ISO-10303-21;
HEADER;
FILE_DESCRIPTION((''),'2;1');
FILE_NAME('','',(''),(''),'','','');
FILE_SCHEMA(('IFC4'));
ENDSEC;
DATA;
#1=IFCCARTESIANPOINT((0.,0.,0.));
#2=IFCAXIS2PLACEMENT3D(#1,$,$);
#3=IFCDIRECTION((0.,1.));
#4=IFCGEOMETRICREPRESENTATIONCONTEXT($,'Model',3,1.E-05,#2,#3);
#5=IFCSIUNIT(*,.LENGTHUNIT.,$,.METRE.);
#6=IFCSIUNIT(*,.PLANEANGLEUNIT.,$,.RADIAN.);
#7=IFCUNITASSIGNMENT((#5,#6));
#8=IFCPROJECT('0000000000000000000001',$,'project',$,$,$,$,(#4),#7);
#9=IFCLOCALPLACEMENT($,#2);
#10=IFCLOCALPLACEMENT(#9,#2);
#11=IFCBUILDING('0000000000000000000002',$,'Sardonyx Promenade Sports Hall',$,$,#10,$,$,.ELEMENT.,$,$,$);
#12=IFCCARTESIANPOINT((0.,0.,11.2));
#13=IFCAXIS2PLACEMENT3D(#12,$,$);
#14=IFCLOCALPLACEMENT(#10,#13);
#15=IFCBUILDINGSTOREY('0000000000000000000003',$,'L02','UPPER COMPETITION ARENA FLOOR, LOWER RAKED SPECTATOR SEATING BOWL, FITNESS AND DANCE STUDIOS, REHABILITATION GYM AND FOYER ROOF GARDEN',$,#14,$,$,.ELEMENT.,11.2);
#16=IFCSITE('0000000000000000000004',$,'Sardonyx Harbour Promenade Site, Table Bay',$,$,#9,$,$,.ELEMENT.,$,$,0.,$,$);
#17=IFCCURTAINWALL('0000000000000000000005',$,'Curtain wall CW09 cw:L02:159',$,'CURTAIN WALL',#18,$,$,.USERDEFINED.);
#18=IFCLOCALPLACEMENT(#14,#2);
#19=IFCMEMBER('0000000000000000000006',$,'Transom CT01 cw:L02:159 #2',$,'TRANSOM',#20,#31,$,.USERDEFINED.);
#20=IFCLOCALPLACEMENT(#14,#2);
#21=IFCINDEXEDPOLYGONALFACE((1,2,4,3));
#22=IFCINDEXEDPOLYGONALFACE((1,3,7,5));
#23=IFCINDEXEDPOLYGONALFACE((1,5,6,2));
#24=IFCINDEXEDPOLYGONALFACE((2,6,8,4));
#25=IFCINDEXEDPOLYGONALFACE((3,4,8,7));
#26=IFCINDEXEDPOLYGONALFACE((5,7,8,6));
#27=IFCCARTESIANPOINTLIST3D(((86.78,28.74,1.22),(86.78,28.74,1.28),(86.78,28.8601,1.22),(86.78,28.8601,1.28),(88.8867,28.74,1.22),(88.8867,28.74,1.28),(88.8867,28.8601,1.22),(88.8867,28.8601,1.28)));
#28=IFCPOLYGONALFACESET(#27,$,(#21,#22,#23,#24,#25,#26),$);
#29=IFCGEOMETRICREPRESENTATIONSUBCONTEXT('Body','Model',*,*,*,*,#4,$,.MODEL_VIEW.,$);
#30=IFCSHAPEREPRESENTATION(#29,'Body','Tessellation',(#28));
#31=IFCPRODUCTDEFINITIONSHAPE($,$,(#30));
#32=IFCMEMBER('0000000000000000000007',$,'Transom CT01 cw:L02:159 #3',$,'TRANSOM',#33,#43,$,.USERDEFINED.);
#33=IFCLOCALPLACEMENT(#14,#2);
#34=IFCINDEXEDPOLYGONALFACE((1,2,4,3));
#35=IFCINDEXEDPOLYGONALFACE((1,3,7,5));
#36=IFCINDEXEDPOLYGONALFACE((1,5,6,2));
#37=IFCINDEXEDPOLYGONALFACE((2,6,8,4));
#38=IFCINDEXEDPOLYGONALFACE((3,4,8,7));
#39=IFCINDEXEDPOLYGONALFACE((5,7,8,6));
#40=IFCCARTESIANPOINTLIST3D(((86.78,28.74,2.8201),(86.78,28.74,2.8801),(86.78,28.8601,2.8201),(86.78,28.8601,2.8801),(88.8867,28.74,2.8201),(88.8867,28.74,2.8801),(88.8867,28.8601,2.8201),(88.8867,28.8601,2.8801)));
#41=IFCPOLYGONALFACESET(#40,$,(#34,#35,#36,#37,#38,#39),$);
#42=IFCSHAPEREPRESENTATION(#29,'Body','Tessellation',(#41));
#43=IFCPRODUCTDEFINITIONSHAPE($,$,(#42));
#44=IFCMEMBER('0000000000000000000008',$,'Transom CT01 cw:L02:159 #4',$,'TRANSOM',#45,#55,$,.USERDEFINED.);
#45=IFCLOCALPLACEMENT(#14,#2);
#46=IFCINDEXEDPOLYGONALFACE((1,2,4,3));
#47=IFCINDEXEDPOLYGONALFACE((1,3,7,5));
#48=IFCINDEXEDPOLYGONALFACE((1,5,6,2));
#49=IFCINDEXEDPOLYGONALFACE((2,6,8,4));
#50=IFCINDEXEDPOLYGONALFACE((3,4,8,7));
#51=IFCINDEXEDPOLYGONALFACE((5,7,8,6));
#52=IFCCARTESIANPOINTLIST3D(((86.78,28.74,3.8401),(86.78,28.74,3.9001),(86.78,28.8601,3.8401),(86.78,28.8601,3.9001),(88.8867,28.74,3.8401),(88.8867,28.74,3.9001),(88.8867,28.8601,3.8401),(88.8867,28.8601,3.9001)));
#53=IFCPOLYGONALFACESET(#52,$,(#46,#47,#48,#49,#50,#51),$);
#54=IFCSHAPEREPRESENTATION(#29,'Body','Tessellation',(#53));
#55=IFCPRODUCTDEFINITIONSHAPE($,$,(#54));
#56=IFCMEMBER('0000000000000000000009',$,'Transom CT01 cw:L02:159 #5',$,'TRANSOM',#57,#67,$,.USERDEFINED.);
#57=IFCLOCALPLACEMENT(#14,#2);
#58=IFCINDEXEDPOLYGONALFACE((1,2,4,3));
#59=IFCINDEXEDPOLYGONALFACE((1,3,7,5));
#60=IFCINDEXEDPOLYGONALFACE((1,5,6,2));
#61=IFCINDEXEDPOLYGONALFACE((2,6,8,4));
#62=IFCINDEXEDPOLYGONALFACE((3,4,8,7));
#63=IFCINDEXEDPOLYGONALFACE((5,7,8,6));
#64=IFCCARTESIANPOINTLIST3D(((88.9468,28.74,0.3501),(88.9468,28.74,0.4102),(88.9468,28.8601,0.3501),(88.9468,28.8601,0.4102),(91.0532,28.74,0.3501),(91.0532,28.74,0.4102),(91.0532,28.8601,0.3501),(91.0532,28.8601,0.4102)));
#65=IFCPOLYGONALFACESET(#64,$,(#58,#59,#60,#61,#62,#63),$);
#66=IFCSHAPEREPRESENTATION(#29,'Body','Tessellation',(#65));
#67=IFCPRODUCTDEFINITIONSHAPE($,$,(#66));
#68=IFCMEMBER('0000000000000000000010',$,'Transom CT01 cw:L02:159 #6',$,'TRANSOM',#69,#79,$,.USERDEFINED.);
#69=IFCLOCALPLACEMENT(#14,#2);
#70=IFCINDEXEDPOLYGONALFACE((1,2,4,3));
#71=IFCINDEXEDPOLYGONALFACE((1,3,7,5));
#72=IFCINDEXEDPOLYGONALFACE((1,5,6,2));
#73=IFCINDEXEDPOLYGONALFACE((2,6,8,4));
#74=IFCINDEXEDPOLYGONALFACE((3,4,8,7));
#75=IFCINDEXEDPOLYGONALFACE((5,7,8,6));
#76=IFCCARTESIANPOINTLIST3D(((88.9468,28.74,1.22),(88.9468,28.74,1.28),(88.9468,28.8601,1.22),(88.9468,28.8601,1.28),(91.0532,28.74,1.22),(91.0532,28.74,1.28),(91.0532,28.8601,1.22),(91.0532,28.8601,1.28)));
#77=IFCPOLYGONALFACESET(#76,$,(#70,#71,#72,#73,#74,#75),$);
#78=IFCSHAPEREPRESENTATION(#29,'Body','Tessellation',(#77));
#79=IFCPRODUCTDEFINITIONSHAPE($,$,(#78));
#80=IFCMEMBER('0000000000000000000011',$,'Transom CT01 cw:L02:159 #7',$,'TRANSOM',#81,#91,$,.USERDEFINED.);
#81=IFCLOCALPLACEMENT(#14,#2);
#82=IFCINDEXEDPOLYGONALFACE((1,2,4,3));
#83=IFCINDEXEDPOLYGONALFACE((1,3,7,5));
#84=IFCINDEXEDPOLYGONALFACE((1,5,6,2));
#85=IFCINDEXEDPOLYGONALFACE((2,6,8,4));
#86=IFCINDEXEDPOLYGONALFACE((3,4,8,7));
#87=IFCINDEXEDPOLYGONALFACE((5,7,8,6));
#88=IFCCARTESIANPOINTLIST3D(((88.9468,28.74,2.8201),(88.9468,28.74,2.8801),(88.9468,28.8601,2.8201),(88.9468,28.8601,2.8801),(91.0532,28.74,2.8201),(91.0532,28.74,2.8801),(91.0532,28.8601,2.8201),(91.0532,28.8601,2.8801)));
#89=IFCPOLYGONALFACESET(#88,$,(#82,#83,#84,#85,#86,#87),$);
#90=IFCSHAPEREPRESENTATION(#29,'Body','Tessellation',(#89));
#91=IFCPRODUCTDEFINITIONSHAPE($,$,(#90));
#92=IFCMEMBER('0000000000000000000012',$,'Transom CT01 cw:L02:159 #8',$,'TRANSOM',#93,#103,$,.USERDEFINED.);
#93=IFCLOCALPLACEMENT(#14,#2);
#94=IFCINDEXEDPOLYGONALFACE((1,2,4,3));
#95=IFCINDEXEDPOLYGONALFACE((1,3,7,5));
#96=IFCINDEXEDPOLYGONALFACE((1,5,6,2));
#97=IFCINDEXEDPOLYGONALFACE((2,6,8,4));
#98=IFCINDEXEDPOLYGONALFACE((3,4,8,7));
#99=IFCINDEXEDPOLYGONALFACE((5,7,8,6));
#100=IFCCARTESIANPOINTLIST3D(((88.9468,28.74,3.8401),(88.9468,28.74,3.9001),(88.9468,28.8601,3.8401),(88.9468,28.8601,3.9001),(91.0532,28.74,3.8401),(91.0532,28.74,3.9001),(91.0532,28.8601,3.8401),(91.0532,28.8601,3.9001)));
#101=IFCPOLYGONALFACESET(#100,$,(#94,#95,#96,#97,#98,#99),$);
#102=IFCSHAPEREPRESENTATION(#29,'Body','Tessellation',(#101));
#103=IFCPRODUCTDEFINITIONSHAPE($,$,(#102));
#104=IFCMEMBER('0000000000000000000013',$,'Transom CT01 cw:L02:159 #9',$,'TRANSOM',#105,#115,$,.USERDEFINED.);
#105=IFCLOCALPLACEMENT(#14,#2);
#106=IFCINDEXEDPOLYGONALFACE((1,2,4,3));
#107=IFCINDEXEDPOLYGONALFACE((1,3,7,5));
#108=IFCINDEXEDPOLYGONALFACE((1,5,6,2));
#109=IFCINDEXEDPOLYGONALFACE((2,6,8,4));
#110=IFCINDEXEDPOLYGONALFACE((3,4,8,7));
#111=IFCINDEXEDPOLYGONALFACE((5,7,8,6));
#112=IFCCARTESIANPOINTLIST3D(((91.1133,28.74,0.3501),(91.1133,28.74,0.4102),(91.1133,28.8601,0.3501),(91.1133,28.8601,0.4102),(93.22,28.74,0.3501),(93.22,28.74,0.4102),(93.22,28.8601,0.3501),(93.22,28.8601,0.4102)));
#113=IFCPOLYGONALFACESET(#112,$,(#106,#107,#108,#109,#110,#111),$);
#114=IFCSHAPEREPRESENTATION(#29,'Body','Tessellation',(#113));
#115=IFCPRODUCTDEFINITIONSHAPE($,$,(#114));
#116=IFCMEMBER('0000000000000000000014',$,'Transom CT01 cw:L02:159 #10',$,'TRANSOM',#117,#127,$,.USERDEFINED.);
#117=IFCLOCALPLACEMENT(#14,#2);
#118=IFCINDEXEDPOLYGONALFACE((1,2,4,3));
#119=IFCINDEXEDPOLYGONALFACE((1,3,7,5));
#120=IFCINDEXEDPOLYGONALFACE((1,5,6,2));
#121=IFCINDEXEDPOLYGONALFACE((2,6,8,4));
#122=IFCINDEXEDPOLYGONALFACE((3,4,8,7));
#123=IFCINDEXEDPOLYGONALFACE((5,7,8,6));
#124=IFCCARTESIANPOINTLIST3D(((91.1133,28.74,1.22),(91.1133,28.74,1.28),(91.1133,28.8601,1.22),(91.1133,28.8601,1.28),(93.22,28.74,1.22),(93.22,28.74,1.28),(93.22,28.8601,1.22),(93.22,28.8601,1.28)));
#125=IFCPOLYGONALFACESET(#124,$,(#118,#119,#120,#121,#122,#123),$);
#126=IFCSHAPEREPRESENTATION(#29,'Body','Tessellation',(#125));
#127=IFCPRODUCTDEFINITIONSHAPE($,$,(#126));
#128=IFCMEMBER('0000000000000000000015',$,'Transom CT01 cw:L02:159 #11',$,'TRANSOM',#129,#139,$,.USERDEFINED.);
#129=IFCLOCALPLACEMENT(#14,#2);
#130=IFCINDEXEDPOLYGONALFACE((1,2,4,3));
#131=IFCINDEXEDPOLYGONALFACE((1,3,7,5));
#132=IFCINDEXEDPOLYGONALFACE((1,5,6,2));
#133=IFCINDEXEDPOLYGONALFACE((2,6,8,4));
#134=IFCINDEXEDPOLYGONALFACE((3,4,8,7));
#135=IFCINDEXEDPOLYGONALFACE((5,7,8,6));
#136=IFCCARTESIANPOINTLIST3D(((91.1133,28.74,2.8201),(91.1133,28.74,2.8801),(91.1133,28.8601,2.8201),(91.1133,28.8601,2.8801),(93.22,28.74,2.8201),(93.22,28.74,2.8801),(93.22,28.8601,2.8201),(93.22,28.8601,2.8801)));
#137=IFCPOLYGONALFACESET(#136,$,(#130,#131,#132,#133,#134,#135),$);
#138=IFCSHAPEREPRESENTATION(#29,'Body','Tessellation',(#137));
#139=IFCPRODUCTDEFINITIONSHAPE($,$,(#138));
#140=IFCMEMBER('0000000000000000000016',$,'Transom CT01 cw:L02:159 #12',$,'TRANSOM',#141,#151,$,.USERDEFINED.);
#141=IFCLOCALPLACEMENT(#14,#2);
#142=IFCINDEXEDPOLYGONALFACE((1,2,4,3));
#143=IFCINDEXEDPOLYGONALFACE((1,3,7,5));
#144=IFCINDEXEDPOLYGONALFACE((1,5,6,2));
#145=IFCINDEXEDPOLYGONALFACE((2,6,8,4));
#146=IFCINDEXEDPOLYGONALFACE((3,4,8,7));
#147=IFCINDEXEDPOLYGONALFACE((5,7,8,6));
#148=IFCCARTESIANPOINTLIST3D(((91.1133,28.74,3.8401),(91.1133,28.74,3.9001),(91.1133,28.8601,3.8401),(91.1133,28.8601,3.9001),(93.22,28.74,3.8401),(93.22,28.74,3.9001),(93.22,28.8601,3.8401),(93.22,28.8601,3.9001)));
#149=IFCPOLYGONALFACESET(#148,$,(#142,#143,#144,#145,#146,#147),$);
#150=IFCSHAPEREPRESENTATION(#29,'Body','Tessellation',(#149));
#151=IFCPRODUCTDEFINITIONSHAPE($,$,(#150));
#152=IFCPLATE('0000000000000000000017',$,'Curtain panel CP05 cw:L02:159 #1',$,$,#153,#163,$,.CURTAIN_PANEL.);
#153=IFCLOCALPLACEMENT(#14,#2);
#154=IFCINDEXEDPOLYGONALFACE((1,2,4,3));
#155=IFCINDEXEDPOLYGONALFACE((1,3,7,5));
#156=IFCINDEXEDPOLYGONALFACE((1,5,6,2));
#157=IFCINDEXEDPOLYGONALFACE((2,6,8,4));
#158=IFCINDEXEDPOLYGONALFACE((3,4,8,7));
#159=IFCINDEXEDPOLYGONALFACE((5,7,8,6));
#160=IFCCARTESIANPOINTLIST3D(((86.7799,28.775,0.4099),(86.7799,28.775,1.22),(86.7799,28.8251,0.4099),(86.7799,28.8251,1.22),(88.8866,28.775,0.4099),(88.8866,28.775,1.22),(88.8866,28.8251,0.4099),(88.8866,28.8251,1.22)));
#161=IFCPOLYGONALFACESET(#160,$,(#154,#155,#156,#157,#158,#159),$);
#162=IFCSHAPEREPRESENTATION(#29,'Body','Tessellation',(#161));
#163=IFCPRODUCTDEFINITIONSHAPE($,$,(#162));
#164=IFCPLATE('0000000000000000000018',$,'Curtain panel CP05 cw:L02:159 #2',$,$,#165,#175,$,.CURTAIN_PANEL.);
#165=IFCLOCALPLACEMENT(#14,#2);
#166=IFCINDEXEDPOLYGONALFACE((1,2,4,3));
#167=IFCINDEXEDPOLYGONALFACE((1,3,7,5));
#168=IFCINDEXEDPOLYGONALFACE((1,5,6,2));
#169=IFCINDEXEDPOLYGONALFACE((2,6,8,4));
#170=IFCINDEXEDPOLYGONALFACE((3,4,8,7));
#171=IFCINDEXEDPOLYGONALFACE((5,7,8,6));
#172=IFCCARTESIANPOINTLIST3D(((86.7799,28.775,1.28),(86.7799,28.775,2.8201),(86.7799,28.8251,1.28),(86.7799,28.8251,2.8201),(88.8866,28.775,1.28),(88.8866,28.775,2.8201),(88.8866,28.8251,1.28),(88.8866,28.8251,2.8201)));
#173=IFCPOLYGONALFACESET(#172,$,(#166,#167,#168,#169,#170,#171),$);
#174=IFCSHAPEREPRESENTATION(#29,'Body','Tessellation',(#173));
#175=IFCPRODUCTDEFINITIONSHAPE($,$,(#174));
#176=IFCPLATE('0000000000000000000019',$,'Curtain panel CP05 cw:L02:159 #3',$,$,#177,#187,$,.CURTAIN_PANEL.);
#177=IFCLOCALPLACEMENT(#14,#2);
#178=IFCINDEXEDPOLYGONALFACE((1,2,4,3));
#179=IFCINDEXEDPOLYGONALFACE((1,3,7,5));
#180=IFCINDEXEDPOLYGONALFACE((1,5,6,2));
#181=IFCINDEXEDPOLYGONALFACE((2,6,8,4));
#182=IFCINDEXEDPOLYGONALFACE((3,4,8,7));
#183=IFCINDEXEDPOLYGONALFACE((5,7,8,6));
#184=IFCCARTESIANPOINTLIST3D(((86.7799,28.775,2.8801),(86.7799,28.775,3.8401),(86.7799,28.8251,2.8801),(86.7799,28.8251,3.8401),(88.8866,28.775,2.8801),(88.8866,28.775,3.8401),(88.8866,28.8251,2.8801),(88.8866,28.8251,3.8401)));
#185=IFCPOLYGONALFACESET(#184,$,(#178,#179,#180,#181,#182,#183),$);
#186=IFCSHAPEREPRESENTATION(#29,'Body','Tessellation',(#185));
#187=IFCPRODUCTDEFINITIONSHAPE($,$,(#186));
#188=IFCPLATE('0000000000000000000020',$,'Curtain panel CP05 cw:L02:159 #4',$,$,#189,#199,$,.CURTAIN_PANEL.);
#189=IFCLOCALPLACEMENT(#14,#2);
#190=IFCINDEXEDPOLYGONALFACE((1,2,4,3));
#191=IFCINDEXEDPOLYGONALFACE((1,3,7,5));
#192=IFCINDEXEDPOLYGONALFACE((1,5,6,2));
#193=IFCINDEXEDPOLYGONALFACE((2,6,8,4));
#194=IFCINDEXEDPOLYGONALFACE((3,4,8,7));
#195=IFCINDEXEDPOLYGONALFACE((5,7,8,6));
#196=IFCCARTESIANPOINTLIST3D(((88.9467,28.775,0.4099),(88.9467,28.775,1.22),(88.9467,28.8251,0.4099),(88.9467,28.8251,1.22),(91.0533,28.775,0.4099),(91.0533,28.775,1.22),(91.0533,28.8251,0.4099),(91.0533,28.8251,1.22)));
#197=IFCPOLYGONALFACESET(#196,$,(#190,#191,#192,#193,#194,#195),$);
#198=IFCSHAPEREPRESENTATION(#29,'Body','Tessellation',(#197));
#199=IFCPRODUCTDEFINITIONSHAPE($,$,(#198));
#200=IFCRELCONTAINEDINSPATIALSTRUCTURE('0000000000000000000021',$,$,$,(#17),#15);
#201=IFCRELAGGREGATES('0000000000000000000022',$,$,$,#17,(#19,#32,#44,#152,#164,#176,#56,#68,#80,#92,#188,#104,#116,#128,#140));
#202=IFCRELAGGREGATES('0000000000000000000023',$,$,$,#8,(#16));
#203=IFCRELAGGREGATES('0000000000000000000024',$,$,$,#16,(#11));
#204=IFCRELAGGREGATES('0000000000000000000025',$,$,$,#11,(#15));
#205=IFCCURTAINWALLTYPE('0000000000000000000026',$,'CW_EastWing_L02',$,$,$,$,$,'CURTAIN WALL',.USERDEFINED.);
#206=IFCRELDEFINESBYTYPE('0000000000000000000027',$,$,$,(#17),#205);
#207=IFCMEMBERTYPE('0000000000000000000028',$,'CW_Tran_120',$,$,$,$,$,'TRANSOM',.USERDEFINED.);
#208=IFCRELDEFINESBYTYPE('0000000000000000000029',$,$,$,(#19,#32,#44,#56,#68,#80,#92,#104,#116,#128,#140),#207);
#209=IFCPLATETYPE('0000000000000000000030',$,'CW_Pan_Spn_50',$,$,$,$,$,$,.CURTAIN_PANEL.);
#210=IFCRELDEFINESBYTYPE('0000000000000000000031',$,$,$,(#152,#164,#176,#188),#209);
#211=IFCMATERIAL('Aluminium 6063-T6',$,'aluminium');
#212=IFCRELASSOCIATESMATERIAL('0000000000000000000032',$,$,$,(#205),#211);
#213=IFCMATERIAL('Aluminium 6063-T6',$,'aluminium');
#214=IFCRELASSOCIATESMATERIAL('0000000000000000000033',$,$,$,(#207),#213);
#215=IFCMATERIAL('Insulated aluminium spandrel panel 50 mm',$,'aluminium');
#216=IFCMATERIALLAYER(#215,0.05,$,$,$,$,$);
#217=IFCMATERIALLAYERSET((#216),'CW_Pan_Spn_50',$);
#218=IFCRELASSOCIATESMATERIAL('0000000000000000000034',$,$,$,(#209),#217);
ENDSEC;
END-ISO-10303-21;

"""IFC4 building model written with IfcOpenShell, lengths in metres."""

from ifc_helpers import new_model, si_unit, direction, frame, origin, origin_2d, place, context, subcontext, project, spatial, rectangle, extrude, material, layer, layer_set, material_profile, profile_set, type_object, element, aggregate, save


model = new_model("IFC4")

# Units and contexts
model_context = context("Model", 3, precision=1e-05, world=origin(), true_north=direction((0.0, 1.0)))
body_context = subcontext(model_context, "Body", "Model", "MODEL_VIEW")
ifc_project = project(units=[si_unit("LENGTHUNIT", "METRE"), si_unit("PLANEANGLEUNIT", "RADIAN")], contexts=[model_context])

# Site, building, storey
site_placement = place(None, origin())
site = spatial("IfcSite", under=ifc_project, at=site_placement, Name="Sardonyx Harbour Promenade Site, Table Bay", CompositionType="ELEMENT", RefElevation=0.0)
building_placement = place(site_placement, origin())
building = spatial("IfcBuilding", under=site, at=building_placement, Name="Sardonyx Promenade Sports Hall", CompositionType="ELEMENT")
storey_placement = place(building_placement, frame((0.0, 0.0, 11.2)))
storey = spatial("IfcBuildingStorey", under=building, at=storey_placement, Name="L02", Description="UPPER COMPETITION ARENA FLOOR, LOWER RAKED SPECTATOR SEATING BOWL, FITNESS AND DANCE STUDIOS, REHABILITATION GYM AND FOYER ROOF GARDEN", CompositionType="ELEMENT", Elevation=11.2)

# Curtain wall, members, plates
ifc_material_1 = material(Name="Aluminium 6063-T6", Category="aluminium")
curtain_wall_type = type_object("IfcCurtainWallType", Name="CW_EastWing_L02", ElementType="CURTAIN WALL", PredefinedType="USERDEFINED", material=ifc_material_1)
curtain_wall_placement = place(storey_placement, origin())
curtain_wall = element("IfcCurtainWall", 1, at=curtain_wall_placement, inside=storey, type_object=curtain_wall_type, Name="Curtain wall CW09 cw:L02:159", ObjectType="CURTAIN WALL", PredefinedType="USERDEFINED")
ifc_material_2 = material(Name="Aluminium 6063-T6", Category="aluminium")
ifc_material_profile_1 = material_profile(ifc_material_2, rectangle(XDim=0.0601, YDim=0.1201, at=origin_2d()))
ifc_profile_set_1 = profile_set([ifc_material_profile_1], Name="Aluminium 6063-T6")
member_type_1 = type_object("IfcMemberType", Name="CW_Tran_120", ElementType="TRANSOM", PredefinedType="USERDEFINED", material=ifc_profile_set_1)
member_1_placement = place(storey_placement, frame((86.78, 28.8, 1.25), z_axis=(1.0, 0.0, 0.0), x_axis=(0.0, 0.0, 1.0)))
member_1 = element("IfcMember", 2, at=member_1_placement, type_object=member_type_1, Name="Transom CT01 cw:L02:159 #2", ObjectType="TRANSOM", PredefinedType="USERDEFINED", context=body_context, shape_type="SweptSolid", body=[
    extrude(rectangle(XDim=0.0601, YDim=0.1201, at=origin_2d()), origin(), (0.0, 0.0, 1.0), 2.1067),
])
member_2_placement = place(storey_placement, frame((86.78, 28.8, 2.8501), z_axis=(1.0, 0.0, 0.0), x_axis=(0.0, 0.0, 1.0)))
member_2 = element("IfcMember", 3, at=member_2_placement, type_object=member_type_1, Name="Transom CT01 cw:L02:159 #3", ObjectType="TRANSOM", PredefinedType="USERDEFINED", context=body_context, shape_type="SweptSolid", body=[
    extrude(rectangle(XDim=0.0601, YDim=0.1201, at=origin_2d()), origin(), (0.0, 0.0, 1.0), 2.1067),
])
member_3_placement = place(storey_placement, frame((86.78, 28.8, 3.8701), z_axis=(1.0, 0.0, 0.0), x_axis=(0.0, 0.0, 1.0)))
member_3 = element("IfcMember", 4, at=member_3_placement, type_object=member_type_1, Name="Transom CT01 cw:L02:159 #4", ObjectType="TRANSOM", PredefinedType="USERDEFINED", context=body_context, shape_type="SweptSolid", body=[
    extrude(rectangle(XDim=0.0601, YDim=0.1201, at=origin_2d()), origin(), (0.0, 0.0, 1.0), 2.1067),
])
member_4_placement = place(storey_placement, frame((88.9468, 28.8, 0.3801), z_axis=(1.0, 0.0, 0.0), x_axis=(0.0, 0.0, 1.0)))
member_4 = element("IfcMember", 5, at=member_4_placement, type_object=member_type_1, Name="Transom CT01 cw:L02:159 #5", ObjectType="TRANSOM", PredefinedType="USERDEFINED", context=body_context, shape_type="SweptSolid", body=[
    extrude(rectangle(XDim=0.0601, YDim=0.1201, at=origin_2d()), origin(), (0.0, 0.0, 1.0), 2.1064),
])
member_5_placement = place(storey_placement, frame((88.9468, 28.8, 1.25), z_axis=(1.0, 0.0, 0.0), x_axis=(0.0, 0.0, 1.0)))
member_5 = element("IfcMember", 6, at=member_5_placement, type_object=member_type_1, Name="Transom CT01 cw:L02:159 #6", ObjectType="TRANSOM", PredefinedType="USERDEFINED", context=body_context, shape_type="SweptSolid", body=[
    extrude(rectangle(XDim=0.0601, YDim=0.1201, at=origin_2d()), origin(), (0.0, 0.0, 1.0), 2.1064),
])
member_6_placement = place(storey_placement, frame((88.9468, 28.8, 2.8501), z_axis=(1.0, 0.0, 0.0), x_axis=(0.0, 0.0, 1.0)))
member_6 = element("IfcMember", 7, at=member_6_placement, type_object=member_type_1, Name="Transom CT01 cw:L02:159 #7", ObjectType="TRANSOM", PredefinedType="USERDEFINED", context=body_context, shape_type="SweptSolid", body=[
    extrude(rectangle(XDim=0.0601, YDim=0.1201, at=origin_2d()), origin(), (0.0, 0.0, 1.0), 2.1064),
])
member_7_placement = place(storey_placement, frame((88.9468, 28.8, 3.8701), z_axis=(1.0, 0.0, 0.0), x_axis=(0.0, 0.0, 1.0)))
member_7 = element("IfcMember", 8, at=member_7_placement, type_object=member_type_1, Name="Transom CT01 cw:L02:159 #8", ObjectType="TRANSOM", PredefinedType="USERDEFINED", context=body_context, shape_type="SweptSolid", body=[
    extrude(rectangle(XDim=0.0601, YDim=0.1201, at=origin_2d()), origin(), (0.0, 0.0, 1.0), 2.1064),
])
member_8_placement = place(storey_placement, frame((91.1133, 28.8, 0.3801), z_axis=(1.0, 0.0, 0.0), x_axis=(0.0, 0.0, 1.0)))
member_8 = element("IfcMember", 9, at=member_8_placement, type_object=member_type_1, Name="Transom CT01 cw:L02:159 #9", ObjectType="TRANSOM", PredefinedType="USERDEFINED", context=body_context, shape_type="SweptSolid", body=[
    extrude(rectangle(XDim=0.0601, YDim=0.1201, at=origin_2d()), origin(), (0.0, 0.0, 1.0), 2.1067),
])
member_9_placement = place(storey_placement, frame((91.1133, 28.8, 1.25), z_axis=(1.0, 0.0, 0.0), x_axis=(0.0, 0.0, 1.0)))
member_9 = element("IfcMember", 10, at=member_9_placement, type_object=member_type_1, Name="Transom CT01 cw:L02:159 #10", ObjectType="TRANSOM", PredefinedType="USERDEFINED", context=body_context, shape_type="SweptSolid", body=[
    extrude(rectangle(XDim=0.0601, YDim=0.1201, at=origin_2d()), origin(), (0.0, 0.0, 1.0), 2.1067),
])
member_10_placement = place(storey_placement, frame((91.1133, 28.8, 2.8501), z_axis=(1.0, 0.0, 0.0), x_axis=(0.0, 0.0, 1.0)))
member_10 = element("IfcMember", 11, at=member_10_placement, type_object=member_type_1, Name="Transom CT01 cw:L02:159 #11", ObjectType="TRANSOM", PredefinedType="USERDEFINED", context=body_context, shape_type="SweptSolid", body=[
    extrude(rectangle(XDim=0.0601, YDim=0.1201, at=origin_2d()), origin(), (0.0, 0.0, 1.0), 2.1067),
])
member_11_placement = place(storey_placement, frame((91.1133, 28.8, 3.8701), z_axis=(1.0, 0.0, 0.0), x_axis=(0.0, 0.0, 1.0)))
member_11 = element("IfcMember", 12, at=member_11_placement, type_object=member_type_1, Name="Transom CT01 cw:L02:159 #12", ObjectType="TRANSOM", PredefinedType="USERDEFINED", context=body_context, shape_type="SweptSolid", body=[
    extrude(rectangle(XDim=0.0601, YDim=0.1201, at=origin_2d()), origin(), (0.0, 0.0, 1.0), 2.1067),
])
ifc_material_3 = material(Name="Insulated aluminium spandrel panel 50 mm", Category="aluminium")
ifc_layer_1 = layer(ifc_material_3, 0.05)
ifc_layer_set_1 = layer_set([ifc_layer_1], Name="CW_Pan_Spn_50")
plate_type = type_object("IfcPlateType", Name="CW_Pan_Spn_50", PredefinedType="CURTAIN_PANEL", material=ifc_layer_set_1)
plate_1_placement = place(storey_placement, frame((87.8333, 28.8, 0.4099), z_axis=(0.0, 0.0, 1.0), x_axis=(1.0, 0.0, 0.0)))
plate_1 = element("IfcPlate", 13, at=plate_1_placement, type_object=plate_type, Name="Curtain panel CP05 cw:L02:159 #1", PredefinedType="CURTAIN_PANEL", context=body_context, shape_type="SweptSolid", body=[
    extrude(rectangle(XDim=2.1067, YDim=0.05, at=origin_2d()), origin(), (0.0, 0.0, 1.0), 0.8101),
])
plate_2_placement = place(storey_placement, frame((87.8333, 28.8, 1.28), z_axis=(0.0, 0.0, 1.0), x_axis=(1.0, 0.0, 0.0)))
plate_2 = element("IfcPlate", 14, at=plate_2_placement, type_object=plate_type, Name="Curtain panel CP05 cw:L02:159 #2", PredefinedType="CURTAIN_PANEL", context=body_context, shape_type="SweptSolid", body=[
    extrude(rectangle(XDim=2.1067, YDim=0.05, at=origin_2d()), origin(), (0.0, 0.0, 1.0), 1.54),
])
plate_3_placement = place(storey_placement, frame((87.8333, 28.8, 2.8801), z_axis=(0.0, 0.0, 1.0), x_axis=(1.0, 0.0, 0.0)))
plate_3 = element("IfcPlate", 15, at=plate_3_placement, type_object=plate_type, Name="Curtain panel CP05 cw:L02:159 #3", PredefinedType="CURTAIN_PANEL", context=body_context, shape_type="SweptSolid", body=[
    extrude(rectangle(XDim=2.1067, YDim=0.05, at=origin_2d()), origin(), (0.0, 0.0, 1.0), 0.96),
])
plate_4_placement = place(storey_placement, frame((90.0, 28.8, 0.4099), z_axis=(0.0, 0.0, 1.0), x_axis=(1.0, 0.0, 0.0)))
plate_4 = element("IfcPlate", 16, at=plate_4_placement, type_object=plate_type, Name="Curtain panel CP05 cw:L02:159 #4", PredefinedType="CURTAIN_PANEL", context=body_context, shape_type="SweptSolid", body=[
    extrude(rectangle(XDim=2.1067, YDim=0.05, at=origin_2d()), origin(), (0.0, 0.0, 1.0), 0.8101),
])
aggregate(curtain_wall, [member_1, member_2, member_3, plate_1, plate_2, plate_3, member_4, member_5, member_6, member_7, plate_4, member_8, member_9, member_10, member_11])

save(model, "model.ifc")
